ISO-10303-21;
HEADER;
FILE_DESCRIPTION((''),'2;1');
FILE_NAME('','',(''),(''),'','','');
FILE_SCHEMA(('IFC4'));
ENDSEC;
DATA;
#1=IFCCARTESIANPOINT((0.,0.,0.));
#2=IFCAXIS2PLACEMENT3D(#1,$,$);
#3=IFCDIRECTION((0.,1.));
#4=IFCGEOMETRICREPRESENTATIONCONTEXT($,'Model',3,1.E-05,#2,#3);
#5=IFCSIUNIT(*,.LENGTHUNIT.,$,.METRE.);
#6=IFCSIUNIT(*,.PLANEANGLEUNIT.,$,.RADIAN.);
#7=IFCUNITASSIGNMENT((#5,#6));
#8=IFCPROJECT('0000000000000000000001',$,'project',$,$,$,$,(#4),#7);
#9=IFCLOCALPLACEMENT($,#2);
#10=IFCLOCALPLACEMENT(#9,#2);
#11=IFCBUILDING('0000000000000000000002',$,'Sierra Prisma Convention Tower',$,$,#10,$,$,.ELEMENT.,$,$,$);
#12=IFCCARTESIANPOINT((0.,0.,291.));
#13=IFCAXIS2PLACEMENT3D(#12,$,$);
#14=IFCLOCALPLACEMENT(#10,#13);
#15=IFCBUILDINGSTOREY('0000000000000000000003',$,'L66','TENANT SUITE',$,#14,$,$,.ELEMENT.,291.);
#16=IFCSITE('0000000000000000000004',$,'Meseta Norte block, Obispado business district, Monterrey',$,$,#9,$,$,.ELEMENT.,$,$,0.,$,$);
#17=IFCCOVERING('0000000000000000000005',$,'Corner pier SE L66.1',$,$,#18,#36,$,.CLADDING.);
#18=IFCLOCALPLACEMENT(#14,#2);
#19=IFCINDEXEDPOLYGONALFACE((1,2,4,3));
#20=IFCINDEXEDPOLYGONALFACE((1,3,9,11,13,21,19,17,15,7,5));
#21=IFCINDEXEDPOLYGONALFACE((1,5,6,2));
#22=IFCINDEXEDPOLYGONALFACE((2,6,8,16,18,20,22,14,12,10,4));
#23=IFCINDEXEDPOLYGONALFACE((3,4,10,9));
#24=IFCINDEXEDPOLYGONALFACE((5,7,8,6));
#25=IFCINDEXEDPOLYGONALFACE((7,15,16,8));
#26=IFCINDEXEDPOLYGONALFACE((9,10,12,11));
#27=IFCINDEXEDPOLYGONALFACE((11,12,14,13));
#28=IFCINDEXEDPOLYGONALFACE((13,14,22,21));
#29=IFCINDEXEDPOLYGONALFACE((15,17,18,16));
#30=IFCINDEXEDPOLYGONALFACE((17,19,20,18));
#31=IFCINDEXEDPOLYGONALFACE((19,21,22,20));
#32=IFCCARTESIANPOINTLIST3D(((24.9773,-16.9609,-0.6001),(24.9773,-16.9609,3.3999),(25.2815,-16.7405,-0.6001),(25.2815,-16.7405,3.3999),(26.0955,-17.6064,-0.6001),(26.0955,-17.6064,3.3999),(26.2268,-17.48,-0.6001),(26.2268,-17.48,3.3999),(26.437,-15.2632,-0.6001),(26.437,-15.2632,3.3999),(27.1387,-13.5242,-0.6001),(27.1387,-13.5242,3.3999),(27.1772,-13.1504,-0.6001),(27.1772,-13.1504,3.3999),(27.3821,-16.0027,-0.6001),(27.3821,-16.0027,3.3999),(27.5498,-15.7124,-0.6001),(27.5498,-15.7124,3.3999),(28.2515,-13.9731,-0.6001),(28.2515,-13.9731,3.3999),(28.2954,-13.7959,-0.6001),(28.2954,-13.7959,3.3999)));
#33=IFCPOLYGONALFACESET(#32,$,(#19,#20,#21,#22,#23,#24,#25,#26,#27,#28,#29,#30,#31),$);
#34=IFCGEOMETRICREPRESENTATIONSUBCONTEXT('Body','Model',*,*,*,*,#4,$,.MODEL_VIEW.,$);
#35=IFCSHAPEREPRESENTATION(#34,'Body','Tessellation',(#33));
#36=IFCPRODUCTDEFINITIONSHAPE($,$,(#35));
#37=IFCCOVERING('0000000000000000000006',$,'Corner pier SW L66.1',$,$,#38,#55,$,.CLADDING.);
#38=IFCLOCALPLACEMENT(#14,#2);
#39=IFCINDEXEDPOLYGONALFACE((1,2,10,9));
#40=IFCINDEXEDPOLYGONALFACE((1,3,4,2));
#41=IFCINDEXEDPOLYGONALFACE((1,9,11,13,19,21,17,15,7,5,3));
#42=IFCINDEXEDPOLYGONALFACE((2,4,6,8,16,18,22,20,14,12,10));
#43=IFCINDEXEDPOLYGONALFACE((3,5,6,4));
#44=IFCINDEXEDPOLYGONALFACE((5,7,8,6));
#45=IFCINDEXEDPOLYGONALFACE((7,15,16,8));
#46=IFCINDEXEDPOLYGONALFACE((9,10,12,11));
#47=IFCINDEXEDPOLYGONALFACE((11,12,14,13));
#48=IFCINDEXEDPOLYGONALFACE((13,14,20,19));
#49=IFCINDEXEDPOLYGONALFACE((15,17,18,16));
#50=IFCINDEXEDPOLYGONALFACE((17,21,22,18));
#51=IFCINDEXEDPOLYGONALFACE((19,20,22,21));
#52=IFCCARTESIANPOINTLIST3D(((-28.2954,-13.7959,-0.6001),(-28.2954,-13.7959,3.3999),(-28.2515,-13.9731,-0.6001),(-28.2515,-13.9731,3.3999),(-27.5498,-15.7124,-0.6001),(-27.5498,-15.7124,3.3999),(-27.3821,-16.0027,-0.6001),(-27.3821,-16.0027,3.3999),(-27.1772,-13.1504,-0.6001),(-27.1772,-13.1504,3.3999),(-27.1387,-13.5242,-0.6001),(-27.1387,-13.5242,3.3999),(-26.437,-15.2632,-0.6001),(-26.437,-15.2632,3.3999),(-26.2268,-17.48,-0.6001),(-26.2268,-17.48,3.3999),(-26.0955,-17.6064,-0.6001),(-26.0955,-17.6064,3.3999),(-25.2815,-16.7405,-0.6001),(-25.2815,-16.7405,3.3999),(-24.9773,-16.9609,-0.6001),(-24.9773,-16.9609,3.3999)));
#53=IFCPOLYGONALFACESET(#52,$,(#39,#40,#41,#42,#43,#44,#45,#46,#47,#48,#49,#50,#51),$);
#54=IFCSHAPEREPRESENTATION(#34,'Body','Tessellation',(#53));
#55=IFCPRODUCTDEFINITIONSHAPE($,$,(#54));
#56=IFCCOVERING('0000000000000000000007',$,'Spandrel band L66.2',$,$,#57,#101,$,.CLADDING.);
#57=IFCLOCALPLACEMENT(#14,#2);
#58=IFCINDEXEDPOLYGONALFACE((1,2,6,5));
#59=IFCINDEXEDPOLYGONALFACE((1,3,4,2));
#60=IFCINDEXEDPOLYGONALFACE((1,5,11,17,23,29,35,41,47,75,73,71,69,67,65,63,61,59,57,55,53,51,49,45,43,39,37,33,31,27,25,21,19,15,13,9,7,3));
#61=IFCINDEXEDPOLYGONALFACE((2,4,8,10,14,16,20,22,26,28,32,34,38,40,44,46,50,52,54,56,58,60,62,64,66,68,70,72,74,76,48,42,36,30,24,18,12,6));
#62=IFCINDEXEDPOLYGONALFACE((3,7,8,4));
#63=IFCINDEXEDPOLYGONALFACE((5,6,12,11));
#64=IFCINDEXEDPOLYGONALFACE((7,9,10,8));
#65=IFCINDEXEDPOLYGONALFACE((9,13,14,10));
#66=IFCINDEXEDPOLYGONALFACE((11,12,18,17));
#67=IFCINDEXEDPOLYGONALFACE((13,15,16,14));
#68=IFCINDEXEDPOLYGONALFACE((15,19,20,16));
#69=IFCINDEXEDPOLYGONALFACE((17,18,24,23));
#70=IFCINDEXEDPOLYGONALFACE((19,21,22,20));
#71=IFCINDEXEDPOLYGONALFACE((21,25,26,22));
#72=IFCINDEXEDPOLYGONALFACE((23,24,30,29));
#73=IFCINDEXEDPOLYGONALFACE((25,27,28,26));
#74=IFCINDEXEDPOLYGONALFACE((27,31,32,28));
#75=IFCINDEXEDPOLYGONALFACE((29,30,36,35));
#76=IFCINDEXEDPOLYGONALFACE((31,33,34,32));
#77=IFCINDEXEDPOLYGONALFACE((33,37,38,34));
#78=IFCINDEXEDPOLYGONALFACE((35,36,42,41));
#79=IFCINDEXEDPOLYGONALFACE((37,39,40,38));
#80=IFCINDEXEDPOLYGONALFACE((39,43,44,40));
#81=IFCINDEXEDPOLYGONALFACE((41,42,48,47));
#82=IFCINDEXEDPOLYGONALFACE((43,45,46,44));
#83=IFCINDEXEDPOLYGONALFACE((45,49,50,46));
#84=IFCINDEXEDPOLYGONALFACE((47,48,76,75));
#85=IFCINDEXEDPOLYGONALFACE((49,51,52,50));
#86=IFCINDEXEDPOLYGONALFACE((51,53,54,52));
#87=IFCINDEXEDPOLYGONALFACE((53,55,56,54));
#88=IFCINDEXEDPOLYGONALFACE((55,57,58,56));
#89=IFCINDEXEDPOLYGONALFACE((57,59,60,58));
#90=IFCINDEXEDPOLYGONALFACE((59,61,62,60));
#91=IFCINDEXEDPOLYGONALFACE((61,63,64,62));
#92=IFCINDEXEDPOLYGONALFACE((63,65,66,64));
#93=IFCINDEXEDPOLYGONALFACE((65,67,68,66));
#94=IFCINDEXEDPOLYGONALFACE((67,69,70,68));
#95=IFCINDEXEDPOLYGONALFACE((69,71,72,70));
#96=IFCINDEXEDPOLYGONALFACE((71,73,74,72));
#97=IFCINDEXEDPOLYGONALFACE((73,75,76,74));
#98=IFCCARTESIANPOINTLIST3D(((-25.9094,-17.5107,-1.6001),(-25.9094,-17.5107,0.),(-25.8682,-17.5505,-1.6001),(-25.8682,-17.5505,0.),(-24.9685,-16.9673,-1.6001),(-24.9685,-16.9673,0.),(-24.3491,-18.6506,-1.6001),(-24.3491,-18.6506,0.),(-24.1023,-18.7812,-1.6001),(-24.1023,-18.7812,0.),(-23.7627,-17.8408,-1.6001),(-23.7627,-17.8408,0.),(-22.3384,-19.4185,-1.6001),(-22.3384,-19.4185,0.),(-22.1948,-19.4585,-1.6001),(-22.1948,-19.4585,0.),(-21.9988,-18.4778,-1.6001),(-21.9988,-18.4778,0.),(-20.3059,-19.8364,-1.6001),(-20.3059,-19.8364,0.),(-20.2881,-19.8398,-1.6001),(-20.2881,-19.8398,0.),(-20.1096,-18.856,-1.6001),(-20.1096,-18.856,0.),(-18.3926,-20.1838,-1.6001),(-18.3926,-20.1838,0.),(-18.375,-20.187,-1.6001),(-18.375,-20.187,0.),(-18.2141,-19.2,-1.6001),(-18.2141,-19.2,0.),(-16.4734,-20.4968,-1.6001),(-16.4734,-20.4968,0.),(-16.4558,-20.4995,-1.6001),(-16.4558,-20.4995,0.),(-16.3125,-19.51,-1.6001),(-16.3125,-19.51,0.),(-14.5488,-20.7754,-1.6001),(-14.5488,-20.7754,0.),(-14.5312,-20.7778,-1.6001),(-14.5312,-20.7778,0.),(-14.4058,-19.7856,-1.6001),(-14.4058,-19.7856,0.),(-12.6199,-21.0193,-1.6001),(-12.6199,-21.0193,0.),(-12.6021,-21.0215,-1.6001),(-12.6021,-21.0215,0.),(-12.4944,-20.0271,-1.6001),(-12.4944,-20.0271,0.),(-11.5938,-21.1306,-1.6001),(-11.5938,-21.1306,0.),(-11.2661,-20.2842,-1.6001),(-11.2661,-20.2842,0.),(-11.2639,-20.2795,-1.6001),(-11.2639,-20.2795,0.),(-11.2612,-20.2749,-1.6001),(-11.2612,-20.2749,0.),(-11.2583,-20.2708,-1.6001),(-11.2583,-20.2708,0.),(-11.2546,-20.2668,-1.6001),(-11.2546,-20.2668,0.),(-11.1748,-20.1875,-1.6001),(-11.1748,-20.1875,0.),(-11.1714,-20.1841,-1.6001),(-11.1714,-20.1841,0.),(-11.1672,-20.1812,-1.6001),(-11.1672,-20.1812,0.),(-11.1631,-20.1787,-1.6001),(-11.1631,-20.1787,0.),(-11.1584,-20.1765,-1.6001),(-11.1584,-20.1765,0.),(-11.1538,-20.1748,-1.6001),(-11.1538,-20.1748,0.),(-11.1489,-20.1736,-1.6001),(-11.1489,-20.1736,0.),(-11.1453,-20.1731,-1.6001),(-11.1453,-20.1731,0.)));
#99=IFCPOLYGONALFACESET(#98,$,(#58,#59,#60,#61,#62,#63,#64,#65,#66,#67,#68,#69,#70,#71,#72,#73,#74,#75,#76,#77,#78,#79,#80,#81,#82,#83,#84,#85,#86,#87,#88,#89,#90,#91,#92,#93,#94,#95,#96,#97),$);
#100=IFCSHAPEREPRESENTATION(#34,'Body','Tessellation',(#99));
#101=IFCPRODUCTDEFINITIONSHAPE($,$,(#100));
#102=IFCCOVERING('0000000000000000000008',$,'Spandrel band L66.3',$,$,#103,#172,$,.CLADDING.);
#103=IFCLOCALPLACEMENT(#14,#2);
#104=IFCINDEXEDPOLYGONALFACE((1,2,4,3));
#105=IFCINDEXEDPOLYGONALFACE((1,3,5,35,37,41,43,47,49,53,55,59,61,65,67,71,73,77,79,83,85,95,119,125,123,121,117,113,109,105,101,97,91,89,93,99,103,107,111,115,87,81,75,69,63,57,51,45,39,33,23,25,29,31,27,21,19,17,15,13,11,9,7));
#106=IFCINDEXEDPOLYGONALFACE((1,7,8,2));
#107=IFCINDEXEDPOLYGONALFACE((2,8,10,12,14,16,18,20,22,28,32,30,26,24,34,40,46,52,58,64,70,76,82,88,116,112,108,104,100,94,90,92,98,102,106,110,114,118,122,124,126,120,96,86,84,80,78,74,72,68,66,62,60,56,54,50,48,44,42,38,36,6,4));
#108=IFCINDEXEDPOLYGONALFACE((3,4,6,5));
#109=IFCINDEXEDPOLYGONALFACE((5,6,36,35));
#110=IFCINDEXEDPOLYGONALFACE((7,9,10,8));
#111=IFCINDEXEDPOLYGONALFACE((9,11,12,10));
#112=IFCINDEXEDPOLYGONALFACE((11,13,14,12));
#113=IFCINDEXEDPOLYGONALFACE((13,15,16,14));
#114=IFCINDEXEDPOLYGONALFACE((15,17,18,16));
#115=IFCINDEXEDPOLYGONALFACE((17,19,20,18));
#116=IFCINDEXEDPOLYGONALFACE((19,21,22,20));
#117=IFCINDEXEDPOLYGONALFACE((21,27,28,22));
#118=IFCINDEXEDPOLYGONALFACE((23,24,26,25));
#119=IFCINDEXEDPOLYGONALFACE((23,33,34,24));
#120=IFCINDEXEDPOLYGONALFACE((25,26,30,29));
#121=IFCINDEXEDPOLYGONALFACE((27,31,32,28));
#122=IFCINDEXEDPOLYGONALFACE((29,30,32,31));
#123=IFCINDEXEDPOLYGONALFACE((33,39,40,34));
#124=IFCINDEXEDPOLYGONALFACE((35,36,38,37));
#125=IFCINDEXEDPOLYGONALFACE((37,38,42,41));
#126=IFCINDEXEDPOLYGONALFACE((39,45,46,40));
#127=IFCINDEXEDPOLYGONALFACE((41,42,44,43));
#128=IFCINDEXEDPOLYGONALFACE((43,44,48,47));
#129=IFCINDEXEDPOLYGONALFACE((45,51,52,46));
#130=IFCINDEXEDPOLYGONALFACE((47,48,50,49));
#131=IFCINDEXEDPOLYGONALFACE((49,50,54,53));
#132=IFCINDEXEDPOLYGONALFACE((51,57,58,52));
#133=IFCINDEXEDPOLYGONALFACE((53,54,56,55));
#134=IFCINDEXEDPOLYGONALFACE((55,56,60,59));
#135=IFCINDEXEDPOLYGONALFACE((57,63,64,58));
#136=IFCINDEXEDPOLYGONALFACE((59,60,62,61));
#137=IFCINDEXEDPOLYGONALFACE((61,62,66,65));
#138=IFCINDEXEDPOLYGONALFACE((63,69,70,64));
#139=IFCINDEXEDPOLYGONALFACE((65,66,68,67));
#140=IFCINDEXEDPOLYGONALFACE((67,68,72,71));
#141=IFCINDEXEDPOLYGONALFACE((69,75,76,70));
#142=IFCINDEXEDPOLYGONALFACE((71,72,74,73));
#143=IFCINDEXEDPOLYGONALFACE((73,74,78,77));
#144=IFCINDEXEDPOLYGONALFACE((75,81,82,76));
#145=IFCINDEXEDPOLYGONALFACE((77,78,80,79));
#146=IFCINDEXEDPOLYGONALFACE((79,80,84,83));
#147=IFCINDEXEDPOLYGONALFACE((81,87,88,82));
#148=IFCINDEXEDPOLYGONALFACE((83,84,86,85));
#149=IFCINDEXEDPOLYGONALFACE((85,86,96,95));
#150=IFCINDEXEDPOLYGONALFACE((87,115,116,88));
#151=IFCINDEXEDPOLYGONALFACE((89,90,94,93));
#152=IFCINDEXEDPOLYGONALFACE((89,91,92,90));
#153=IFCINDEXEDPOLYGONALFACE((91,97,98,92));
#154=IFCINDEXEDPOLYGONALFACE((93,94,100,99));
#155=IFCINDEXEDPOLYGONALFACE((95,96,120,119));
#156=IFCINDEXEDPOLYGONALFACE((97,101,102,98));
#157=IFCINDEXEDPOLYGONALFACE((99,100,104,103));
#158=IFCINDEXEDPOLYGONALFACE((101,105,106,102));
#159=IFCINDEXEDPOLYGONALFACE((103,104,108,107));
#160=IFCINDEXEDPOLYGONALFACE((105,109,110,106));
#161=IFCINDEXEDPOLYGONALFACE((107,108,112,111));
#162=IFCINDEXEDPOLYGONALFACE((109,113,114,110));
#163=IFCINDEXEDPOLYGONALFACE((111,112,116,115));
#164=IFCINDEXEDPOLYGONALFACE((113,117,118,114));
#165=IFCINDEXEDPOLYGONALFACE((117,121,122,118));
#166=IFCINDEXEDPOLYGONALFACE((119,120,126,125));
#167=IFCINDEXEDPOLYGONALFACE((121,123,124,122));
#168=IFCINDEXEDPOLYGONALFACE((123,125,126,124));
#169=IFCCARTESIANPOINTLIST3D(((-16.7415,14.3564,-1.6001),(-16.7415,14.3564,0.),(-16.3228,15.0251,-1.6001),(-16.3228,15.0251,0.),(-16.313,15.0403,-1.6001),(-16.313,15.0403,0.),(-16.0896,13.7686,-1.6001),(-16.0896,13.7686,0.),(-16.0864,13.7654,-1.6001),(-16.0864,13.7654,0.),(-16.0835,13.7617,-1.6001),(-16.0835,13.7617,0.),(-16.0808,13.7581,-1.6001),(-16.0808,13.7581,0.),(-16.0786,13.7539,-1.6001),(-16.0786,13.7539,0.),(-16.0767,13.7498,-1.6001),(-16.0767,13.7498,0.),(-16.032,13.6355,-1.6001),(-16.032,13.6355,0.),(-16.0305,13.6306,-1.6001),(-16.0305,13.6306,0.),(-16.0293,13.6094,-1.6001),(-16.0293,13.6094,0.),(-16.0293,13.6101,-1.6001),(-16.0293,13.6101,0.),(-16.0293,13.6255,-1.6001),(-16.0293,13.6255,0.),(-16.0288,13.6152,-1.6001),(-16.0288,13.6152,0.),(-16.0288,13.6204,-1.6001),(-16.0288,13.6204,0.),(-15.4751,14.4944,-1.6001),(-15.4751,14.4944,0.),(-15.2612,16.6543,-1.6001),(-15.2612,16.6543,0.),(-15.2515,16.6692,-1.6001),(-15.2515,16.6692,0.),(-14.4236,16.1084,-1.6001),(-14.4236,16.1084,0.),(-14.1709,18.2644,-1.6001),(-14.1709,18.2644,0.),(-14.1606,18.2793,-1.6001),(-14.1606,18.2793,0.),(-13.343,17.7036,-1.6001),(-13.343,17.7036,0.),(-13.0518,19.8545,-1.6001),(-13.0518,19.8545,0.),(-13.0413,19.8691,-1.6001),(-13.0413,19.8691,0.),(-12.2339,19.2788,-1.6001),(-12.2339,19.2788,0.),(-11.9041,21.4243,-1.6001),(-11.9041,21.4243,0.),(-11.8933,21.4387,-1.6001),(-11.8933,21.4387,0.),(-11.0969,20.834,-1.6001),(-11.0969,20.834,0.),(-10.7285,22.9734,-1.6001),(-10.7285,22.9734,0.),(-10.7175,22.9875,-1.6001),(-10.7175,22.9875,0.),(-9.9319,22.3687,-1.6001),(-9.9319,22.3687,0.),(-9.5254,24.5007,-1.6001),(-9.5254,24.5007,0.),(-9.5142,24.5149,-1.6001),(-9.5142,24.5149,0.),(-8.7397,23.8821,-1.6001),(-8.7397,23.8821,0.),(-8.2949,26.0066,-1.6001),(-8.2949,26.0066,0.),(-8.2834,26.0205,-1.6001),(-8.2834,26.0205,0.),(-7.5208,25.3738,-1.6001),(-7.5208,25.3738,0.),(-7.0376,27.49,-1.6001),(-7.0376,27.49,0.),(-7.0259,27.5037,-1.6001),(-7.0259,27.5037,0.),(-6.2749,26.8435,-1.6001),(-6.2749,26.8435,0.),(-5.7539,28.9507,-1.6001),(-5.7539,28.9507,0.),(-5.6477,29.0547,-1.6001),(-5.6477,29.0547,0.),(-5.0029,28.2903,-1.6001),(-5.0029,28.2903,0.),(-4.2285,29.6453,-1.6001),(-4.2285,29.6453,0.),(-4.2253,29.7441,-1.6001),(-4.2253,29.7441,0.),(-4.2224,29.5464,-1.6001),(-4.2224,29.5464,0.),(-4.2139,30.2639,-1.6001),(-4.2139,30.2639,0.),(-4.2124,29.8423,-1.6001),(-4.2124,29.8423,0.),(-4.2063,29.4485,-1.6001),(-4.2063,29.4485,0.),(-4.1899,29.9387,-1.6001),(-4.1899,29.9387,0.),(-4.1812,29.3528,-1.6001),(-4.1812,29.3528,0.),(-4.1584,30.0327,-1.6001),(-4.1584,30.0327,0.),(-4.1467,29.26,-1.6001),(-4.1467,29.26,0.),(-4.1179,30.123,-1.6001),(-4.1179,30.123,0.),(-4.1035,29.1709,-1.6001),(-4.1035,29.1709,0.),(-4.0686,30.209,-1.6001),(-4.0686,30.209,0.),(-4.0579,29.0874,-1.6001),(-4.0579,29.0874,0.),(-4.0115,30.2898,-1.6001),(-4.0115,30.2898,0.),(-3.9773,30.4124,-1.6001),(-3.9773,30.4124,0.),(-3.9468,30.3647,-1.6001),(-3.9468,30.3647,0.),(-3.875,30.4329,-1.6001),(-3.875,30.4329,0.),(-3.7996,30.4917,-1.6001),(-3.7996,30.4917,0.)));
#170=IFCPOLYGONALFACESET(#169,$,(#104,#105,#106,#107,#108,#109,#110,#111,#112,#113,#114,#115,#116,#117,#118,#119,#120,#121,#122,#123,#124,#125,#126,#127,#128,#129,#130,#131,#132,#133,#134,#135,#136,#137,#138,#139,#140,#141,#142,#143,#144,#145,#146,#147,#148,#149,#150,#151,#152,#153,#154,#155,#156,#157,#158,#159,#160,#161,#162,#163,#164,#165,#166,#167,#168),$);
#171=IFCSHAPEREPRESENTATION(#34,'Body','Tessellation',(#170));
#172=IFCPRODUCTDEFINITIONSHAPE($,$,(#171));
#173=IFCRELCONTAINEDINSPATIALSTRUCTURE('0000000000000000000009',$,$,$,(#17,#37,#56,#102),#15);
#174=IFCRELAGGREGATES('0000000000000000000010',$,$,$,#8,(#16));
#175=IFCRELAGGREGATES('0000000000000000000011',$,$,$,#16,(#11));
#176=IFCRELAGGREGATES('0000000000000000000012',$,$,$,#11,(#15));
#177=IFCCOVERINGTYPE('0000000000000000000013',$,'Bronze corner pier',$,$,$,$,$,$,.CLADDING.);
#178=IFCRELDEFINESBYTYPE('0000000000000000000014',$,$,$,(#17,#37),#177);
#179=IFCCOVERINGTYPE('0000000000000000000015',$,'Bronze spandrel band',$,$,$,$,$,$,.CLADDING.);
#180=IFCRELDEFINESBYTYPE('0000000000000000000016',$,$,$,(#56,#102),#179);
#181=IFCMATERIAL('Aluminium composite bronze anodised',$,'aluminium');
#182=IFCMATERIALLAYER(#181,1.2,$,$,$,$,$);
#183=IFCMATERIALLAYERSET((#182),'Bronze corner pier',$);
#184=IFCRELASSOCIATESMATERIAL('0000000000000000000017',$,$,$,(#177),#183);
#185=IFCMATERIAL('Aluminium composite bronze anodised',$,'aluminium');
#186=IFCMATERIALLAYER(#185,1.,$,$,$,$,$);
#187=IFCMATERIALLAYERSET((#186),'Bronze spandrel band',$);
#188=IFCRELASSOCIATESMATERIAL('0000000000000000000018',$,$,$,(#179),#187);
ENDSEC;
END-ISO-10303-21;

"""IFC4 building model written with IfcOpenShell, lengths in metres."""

from ifc_helpers import new_model, si_unit, direction, frame, origin, place, context, subcontext, project, spatial, polyline, outline, extrude, material, layer, layer_set, type_object, element, save


model = new_model("IFC4")

# Units and contexts
model_context = context("Model", 3, precision=1e-05, world=origin(), true_north=direction((0.0, 1.0)))
body_context = subcontext(model_context, "Body", "Model", "MODEL_VIEW")
ifc_project = project(units=[si_unit("LENGTHUNIT", "METRE"), si_unit("PLANEANGLEUNIT", "RADIAN")], contexts=[model_context])

# Site, building, storey
site_placement = place(None, origin())
site = spatial("IfcSite", under=ifc_project, at=site_placement, Name="Meseta Norte block, Obispado business district, Monterrey", CompositionType="ELEMENT", RefElevation=0.0)
building_placement = place(site_placement, origin())
building = spatial("IfcBuilding", under=site, at=building_placement, Name="Sierra Prisma Convention Tower", CompositionType="ELEMENT")
storey_placement = place(building_placement, frame((0.0, 0.0, 291.0)))
storey = spatial("IfcBuildingStorey", under=building, at=storey_placement, Name="L66", Description="TENANT SUITE", CompositionType="ELEMENT", Elevation=291.0)

# Coverings
ifc_material_1 = material(Name="Aluminium composite bronze anodised", Category="aluminium")
ifc_layer_1 = layer(ifc_material_1, 1.2)
ifc_layer_set_1 = layer_set([ifc_layer_1], Name="Bronze corner pier")
covering_type_1 = type_object("IfcCoveringType", Name="Bronze corner pier", PredefinedType="CLADDING", material=ifc_layer_set_1)
covering_1_placement = place(storey_placement, frame((0.0, 0.0, -0.6001)))
element("IfcCovering", 1, at=covering_1_placement, inside=storey, type_object=covering_type_1, Name="Corner pier SE L66.1", PredefinedType="CLADDING", context=body_context, shape_type="SweptSolid", body=[
    extrude(outline(polyline([(28.2954, -13.7959), (28.2515, -13.9731), (27.5498, -15.7124), (27.3821, -16.0027), (26.2268, -17.48), (26.0955, -17.6064), (24.9773, -16.9609), (25.2815, -16.7405), (26.437, -15.2632), (27.1387, -13.5242), (27.1772, -13.1504), (28.2954, -13.7959)])), origin(), (0.0, 0.0, 1.0), 4.0),
])
covering_2_placement = place(storey_placement, frame((0.0, 0.0, -0.6001)))
element("IfcCovering", 2, at=covering_2_placement, inside=storey, type_object=covering_type_1, Name="Corner pier SW L66.1", PredefinedType="CLADDING", context=body_context, shape_type="SweptSolid", body=[
    extrude(outline(polyline([(-26.0955, -17.6064), (-26.2268, -17.48), (-27.3821, -16.0027), (-27.5498, -15.7124), (-28.2515, -13.9731), (-28.2954, -13.7959), (-27.1772, -13.1504), (-27.1387, -13.5242), (-26.437, -15.2632), (-25.2815, -16.7405), (-24.9773, -16.9609), (-26.0955, -17.6064)])), origin(), (0.0, 0.0, 1.0), 4.0),
])
ifc_material_2 = material(Name="Aluminium composite bronze anodised", Category="aluminium")
ifc_layer_2 = layer(ifc_material_2, 1.0)
ifc_layer_set_2 = layer_set([ifc_layer_2], Name="Bronze spandrel band")
covering_type_2 = type_object("IfcCoveringType", Name="Bronze spandrel band", PredefinedType="CLADDING", material=ifc_layer_set_2)
covering_3_placement = place(storey_placement, frame((0.0, 0.0, -1.6001)))
element("IfcCovering", 3, at=covering_3_placement, inside=storey, type_object=covering_type_2, Name="Spandrel band L66.2", PredefinedType="CLADDING", context=body_context, shape_type="SweptSolid", body=[
    extrude(outline(polyline([(-21.9988, -18.4778), (-20.1096, -18.856), (-18.2141, -19.2), (-16.3125, -19.51), (-14.4058, -19.7856), (-12.4944, -20.0271), (-11.1453, -20.1731), (-11.1489, -20.1736), (-11.1538, -20.1748), (-11.1584, -20.1765), (-11.1631, -20.1787), (-11.1672, -20.1812), (-11.1714, -20.1841), (-11.1748, -20.1875), (-11.2546, -20.2668), (-11.2583, -20.2708), (-11.2612, -20.2749), (-11.2639, -20.2795), (-11.2661, -20.2842), (-11.5938, -21.1306), (-12.6021, -21.0215), (-12.6199, -21.0193), (-14.5312, -20.7778), (-14.5488, -20.7754), (-16.4558, -20.4995), (-16.4734, -20.4968), (-18.375, -20.187), (-18.3926, -20.1838), (-20.2881, -19.8398), (-20.3059, -19.8364), (-22.1948, -19.4585), (-22.3384, -19.4185), (-24.1023, -18.7812), (-24.3491, -18.6506), (-25.8682, -17.5505), (-25.9094, -17.5107), (-24.9685, -16.9673), (-23.7627, -17.8408), (-21.9988, -18.4778)])), origin(), (0.0, 0.0, 1.0), 1.6001),
])
covering_4_placement = place(storey_placement, frame((0.0, 0.0, -1.6001)))
element("IfcCovering", 4, at=covering_4_placement, inside=storey, type_object=covering_type_2, Name="Spandrel band L66.3", PredefinedType="CLADDING", context=body_context, shape_type="SweptSolid", body=[
    extrude(outline(polyline([(-13.0413, 19.8691), (-11.9041, 21.4243), (-11.8933, 21.4387), (-10.7285, 22.9734), (-10.7175, 22.9875), (-9.5254, 24.5007), (-9.5142, 24.5149), (-8.2949, 26.0066), (-8.2834, 26.0205), (-7.0376, 27.49), (-7.0259, 27.5037), (-5.7539, 28.9507), (-5.6477, 29.0547), (-4.2139, 30.2639), (-3.9773, 30.4124), (-3.7996, 30.4917), (-3.875, 30.4329), (-3.9468, 30.3647), (-4.0115, 30.2898), (-4.0686, 30.209), (-4.1179, 30.123), (-4.1584, 30.0327), (-4.1899, 29.9387), (-4.2124, 29.8423), (-4.2253, 29.7441), (-4.2285, 29.6453), (-4.2224, 29.5464), (-4.2063, 29.4485), (-4.1812, 29.3528), (-4.1467, 29.26), (-4.1035, 29.1709), (-4.0579, 29.0874), (-5.0029, 28.2903), (-6.2749, 26.8435), (-7.5208, 25.3738), (-8.7397, 23.8821), (-9.9319, 22.3687), (-11.0969, 20.834), (-12.2339, 19.2788), (-13.343, 17.7036), (-14.4236, 16.1084), (-15.4751, 14.4944), (-16.0293, 13.6094), (-16.0293, 13.6101), (-16.0288, 13.6152), (-16.0288, 13.6204), (-16.0293, 13.6255), (-16.0305, 13.6306), (-16.032, 13.6355), (-16.0767, 13.7498), (-16.0786, 13.7539), (-16.0808, 13.7581), (-16.0835, 13.7617), (-16.0864, 13.7654), (-16.0896, 13.7686), (-16.7415, 14.3564), (-16.3228, 15.0251), (-16.313, 15.0403), (-15.2612, 16.6543), (-15.2515, 16.6692), (-14.1709, 18.2644), (-14.1606, 18.2793), (-13.0518, 19.8545), (-13.0413, 19.8691)])), origin(), (0.0, 0.0, 1.0), 1.6001),
])

save(model, "model.ifc")
